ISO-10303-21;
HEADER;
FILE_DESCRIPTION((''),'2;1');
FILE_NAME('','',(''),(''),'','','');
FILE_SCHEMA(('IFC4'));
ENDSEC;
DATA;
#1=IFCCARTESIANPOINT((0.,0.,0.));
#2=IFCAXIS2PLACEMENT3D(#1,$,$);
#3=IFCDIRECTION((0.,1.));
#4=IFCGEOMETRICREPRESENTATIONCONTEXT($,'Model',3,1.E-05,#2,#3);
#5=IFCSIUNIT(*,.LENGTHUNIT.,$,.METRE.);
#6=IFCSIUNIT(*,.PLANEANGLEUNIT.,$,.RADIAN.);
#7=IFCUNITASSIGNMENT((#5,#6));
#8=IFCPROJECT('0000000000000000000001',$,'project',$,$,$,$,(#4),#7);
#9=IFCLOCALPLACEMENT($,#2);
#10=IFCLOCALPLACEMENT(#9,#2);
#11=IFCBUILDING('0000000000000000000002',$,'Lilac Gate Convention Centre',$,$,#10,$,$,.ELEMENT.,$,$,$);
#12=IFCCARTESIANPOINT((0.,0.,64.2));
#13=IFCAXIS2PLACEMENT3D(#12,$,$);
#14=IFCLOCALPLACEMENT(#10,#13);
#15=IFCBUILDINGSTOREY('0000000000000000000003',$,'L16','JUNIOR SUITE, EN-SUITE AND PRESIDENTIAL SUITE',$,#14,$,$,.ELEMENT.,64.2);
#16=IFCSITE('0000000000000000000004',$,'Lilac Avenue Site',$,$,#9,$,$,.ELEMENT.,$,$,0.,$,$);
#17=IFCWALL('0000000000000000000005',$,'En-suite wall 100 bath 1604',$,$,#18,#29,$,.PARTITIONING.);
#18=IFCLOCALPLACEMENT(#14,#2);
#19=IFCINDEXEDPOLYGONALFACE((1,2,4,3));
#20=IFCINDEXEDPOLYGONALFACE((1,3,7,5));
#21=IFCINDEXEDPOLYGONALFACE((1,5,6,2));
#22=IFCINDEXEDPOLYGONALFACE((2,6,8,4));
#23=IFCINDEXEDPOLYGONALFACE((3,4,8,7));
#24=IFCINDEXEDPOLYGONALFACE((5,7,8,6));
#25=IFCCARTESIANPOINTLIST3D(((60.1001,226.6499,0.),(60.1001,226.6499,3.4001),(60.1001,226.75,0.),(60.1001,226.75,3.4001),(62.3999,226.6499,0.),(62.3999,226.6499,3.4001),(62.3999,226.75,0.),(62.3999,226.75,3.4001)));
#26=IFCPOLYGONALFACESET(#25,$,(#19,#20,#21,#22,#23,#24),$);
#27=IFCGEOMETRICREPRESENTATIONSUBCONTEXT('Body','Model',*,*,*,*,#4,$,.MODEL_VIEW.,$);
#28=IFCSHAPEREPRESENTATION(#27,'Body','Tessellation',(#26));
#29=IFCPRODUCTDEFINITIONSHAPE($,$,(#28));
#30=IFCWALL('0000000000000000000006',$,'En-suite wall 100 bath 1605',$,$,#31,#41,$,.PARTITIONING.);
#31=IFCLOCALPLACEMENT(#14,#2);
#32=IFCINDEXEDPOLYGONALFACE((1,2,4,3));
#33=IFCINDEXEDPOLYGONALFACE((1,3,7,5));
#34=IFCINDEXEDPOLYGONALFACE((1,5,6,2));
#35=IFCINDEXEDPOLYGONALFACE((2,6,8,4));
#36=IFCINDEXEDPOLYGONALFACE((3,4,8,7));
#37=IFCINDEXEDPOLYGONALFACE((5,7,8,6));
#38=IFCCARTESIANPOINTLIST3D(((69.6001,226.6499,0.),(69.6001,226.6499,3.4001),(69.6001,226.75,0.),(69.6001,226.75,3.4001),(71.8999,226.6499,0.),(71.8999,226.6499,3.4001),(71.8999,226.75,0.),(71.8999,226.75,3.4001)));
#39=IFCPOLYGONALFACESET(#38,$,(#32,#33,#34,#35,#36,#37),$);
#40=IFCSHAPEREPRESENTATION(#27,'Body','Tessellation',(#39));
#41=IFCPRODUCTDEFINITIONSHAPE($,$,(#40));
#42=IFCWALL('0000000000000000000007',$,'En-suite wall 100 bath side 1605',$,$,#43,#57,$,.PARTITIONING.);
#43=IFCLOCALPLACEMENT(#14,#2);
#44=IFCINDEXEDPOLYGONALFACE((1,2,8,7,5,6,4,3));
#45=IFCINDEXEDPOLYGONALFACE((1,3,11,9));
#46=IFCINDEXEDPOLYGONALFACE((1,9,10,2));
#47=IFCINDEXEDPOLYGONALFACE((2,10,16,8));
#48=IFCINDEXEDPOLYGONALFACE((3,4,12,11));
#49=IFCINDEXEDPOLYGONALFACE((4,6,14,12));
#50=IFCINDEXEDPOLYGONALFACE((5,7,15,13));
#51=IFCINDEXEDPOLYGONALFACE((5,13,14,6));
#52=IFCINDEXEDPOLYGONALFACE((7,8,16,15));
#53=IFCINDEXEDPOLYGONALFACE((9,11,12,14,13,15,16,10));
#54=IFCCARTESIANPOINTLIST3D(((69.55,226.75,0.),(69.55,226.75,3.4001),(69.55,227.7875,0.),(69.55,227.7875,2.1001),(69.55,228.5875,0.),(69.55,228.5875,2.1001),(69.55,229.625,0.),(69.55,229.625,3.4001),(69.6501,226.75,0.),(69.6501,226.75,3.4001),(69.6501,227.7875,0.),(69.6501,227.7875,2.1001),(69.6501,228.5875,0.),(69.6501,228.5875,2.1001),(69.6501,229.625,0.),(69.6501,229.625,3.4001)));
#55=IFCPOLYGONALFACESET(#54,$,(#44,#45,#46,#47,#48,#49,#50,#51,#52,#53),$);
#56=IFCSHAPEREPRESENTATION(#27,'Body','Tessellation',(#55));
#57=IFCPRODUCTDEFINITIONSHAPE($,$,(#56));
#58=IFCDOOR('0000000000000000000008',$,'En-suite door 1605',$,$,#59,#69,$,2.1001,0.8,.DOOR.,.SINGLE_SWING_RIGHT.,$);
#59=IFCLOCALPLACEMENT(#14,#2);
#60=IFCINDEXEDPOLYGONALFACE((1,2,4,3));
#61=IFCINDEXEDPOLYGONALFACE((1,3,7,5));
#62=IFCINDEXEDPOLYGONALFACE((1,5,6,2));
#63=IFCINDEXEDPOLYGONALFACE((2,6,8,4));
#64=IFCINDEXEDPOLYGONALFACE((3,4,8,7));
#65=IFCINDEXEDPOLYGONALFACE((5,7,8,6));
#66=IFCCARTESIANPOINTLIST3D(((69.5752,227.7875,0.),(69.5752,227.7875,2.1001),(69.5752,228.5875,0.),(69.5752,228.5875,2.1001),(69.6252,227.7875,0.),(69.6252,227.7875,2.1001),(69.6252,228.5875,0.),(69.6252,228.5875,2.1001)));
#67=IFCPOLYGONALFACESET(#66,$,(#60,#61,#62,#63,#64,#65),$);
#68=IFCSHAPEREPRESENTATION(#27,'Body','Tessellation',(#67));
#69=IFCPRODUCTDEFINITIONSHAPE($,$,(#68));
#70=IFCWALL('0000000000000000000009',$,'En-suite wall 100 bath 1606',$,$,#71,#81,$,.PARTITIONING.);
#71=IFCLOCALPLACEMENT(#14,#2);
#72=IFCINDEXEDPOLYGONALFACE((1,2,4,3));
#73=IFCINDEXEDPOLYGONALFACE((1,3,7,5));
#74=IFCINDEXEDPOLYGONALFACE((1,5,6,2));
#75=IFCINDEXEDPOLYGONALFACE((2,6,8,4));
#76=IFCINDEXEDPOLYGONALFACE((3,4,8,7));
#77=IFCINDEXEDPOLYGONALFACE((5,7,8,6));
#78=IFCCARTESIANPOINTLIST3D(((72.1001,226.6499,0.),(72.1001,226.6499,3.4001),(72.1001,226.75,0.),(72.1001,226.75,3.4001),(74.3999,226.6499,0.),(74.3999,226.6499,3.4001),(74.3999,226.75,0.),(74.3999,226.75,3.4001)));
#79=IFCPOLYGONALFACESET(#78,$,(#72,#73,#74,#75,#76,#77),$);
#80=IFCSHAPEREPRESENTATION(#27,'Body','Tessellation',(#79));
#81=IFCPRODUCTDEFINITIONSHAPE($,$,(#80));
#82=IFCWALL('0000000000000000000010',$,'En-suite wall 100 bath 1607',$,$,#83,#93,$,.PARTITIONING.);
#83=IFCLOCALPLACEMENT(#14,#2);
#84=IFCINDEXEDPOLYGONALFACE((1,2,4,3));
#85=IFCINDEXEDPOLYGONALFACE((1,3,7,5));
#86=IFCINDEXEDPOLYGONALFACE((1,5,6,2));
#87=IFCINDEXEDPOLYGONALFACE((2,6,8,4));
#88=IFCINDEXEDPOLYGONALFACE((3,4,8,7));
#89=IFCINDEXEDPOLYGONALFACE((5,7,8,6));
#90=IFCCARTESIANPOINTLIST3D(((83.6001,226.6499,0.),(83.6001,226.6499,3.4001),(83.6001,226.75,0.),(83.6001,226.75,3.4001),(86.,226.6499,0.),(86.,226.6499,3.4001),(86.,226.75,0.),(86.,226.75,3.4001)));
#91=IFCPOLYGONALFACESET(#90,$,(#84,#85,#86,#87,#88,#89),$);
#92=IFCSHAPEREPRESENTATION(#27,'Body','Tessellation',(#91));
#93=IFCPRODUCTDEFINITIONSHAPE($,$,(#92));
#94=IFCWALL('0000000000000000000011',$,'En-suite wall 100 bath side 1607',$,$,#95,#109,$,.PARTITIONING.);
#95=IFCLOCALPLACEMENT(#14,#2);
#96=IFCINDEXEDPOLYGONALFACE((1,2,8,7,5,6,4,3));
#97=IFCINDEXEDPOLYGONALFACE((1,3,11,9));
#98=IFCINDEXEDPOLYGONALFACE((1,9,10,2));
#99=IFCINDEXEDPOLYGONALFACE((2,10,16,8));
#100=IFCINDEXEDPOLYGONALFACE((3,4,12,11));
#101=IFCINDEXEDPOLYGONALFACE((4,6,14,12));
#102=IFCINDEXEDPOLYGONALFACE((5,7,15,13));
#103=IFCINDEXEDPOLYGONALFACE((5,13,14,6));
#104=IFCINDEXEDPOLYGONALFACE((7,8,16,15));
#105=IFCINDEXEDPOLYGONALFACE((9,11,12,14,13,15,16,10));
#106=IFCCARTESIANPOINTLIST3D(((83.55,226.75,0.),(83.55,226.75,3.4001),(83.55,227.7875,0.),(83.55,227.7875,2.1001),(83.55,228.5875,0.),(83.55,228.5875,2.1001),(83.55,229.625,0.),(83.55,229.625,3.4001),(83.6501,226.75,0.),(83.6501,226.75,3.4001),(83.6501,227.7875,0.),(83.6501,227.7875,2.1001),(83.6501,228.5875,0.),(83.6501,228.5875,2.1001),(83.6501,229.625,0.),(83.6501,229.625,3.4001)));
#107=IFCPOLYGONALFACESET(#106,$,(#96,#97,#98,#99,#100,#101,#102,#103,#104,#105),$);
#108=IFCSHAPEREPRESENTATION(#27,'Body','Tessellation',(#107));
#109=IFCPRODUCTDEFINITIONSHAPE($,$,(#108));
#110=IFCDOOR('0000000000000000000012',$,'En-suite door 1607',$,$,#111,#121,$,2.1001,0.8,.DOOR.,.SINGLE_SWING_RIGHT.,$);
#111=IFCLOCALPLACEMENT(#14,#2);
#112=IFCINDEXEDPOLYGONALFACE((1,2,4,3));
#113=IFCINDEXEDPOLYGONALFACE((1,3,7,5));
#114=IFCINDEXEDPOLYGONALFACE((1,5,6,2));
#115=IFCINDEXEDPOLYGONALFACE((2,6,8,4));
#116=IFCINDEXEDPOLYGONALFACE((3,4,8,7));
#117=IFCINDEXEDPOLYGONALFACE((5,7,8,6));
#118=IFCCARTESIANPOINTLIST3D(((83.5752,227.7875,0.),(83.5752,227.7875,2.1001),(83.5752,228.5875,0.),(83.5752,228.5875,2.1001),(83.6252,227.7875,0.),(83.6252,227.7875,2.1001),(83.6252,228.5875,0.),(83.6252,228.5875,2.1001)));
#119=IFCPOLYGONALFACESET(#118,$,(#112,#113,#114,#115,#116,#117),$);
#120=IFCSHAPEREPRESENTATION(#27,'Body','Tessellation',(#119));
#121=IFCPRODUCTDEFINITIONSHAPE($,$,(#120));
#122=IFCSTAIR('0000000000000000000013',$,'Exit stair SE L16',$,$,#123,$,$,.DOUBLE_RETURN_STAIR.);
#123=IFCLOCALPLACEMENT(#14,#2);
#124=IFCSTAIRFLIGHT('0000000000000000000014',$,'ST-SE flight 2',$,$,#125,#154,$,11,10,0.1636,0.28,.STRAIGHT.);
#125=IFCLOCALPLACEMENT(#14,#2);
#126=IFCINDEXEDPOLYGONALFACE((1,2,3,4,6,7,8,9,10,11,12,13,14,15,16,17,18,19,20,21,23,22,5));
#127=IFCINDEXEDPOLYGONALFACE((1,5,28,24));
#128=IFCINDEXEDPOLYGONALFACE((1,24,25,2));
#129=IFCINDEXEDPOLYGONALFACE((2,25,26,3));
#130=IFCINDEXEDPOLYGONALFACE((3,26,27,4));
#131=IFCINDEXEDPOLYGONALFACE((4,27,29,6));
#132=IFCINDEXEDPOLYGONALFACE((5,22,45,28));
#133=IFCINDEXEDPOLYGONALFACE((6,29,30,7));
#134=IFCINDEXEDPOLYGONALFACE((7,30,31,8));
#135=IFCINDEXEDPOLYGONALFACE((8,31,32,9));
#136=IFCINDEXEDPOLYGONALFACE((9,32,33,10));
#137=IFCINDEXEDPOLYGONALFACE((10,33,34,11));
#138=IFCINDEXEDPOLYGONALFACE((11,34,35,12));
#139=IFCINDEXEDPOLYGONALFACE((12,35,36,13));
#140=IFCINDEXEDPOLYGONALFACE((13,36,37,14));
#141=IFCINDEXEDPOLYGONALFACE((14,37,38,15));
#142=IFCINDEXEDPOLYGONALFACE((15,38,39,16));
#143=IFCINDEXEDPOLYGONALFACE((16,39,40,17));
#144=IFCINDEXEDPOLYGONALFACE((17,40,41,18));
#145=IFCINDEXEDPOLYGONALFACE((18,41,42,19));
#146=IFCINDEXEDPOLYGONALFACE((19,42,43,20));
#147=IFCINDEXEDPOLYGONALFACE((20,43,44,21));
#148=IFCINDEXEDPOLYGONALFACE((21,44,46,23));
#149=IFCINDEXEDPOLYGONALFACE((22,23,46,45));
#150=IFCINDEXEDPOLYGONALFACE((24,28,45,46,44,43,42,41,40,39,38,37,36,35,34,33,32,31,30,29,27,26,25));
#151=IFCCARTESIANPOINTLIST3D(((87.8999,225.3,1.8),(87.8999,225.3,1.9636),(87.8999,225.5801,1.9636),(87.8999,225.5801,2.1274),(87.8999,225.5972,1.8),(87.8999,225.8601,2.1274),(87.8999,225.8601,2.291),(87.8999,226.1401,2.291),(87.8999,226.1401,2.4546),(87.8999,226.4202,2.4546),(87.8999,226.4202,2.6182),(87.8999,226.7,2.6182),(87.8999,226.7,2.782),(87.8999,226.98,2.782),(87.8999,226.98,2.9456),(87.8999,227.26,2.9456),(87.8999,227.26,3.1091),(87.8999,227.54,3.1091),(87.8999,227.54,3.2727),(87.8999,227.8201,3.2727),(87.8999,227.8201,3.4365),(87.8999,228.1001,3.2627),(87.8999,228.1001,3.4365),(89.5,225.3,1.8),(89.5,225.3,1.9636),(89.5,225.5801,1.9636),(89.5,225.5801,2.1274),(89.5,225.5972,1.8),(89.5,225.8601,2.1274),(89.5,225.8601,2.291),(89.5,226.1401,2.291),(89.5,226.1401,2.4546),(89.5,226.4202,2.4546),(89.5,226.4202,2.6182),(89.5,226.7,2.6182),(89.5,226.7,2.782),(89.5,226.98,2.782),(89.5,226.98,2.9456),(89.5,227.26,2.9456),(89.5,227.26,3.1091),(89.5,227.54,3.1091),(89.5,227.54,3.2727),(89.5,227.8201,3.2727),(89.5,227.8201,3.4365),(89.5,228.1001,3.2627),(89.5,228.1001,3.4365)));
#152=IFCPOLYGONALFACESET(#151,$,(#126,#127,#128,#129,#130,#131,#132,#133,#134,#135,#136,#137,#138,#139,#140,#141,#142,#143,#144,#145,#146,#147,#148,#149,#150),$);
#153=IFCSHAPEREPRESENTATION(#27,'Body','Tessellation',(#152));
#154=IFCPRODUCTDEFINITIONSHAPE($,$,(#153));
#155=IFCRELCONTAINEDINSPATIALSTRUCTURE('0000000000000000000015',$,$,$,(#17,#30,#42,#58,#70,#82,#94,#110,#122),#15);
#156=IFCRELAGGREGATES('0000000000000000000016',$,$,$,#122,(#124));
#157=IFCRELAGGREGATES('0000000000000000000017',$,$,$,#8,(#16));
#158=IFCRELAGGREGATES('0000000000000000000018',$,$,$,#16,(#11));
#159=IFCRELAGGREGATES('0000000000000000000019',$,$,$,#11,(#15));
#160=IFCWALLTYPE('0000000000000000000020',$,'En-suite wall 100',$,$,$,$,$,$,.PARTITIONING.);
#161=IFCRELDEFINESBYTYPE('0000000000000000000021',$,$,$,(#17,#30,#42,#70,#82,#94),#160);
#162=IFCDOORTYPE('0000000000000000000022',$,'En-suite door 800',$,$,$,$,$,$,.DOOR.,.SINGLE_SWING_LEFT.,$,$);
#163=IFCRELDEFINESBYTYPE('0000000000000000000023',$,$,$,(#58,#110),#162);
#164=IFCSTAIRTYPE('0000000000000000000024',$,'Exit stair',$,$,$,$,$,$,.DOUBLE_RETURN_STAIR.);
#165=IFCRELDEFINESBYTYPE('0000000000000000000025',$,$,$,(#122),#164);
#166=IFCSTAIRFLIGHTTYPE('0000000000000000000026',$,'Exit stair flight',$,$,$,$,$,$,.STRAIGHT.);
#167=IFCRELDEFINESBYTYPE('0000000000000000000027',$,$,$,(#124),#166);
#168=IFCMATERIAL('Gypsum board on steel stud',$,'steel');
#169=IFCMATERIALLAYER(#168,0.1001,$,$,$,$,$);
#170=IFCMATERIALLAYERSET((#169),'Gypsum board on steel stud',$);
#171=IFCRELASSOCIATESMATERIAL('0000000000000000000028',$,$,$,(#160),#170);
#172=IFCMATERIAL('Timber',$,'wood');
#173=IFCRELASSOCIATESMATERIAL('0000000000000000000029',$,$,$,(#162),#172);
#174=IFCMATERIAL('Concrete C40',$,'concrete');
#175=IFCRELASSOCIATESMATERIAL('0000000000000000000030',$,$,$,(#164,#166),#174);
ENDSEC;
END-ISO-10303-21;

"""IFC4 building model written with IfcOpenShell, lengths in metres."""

from ifc_helpers import new_model, si_unit, direction, frame, frame_2d, origin, place, context, subcontext, project, spatial, polyline, rectangle, outline, extrude, material, layer, layer_set, type_object, element, fill, aggregate, save


model = new_model("IFC4")

# Units and contexts
model_context = context("Model", 3, precision=1e-05, world=origin(), true_north=direction((0.0, 1.0)))
body_context = subcontext(model_context, "Body", "Model", "MODEL_VIEW")
ifc_project = project(units=[si_unit("LENGTHUNIT", "METRE"), si_unit("PLANEANGLEUNIT", "RADIAN")], contexts=[model_context])

# Site, building, storey
site_placement = place(None, origin())
site = spatial("IfcSite", under=ifc_project, at=site_placement, Name="Lilac Avenue Site", CompositionType="ELEMENT", RefElevation=0.0)
building_placement = place(site_placement, origin())
building = spatial("IfcBuilding", under=site, at=building_placement, Name="Lilac Gate Convention Centre", CompositionType="ELEMENT")
storey_placement = place(building_placement, frame((0.0, 0.0, 64.2)))
storey = spatial("IfcBuildingStorey", under=building, at=storey_placement, Name="L16", Description="JUNIOR SUITE, EN-SUITE AND PRESIDENTIAL SUITE", CompositionType="ELEMENT", Elevation=64.2)

# Shared definitions
ifc_material_1 = material(Name="Concrete C40", Category="concrete")
ifc_material_2 = material(Name="Gypsum board on steel stud", Category="steel")
ifc_layer_1 = layer(ifc_material_2, 0.1001)
ifc_layer_set_1 = layer_set([ifc_layer_1], Name="Gypsum board on steel stud")
wall_type_1 = type_object("IfcWallType", Name="En-suite wall 100", PredefinedType="PARTITIONING", material=ifc_layer_set_1)

# Shared definitions
ifc_material_3 = material(Name="Timber", Category="wood")
door_type = type_object("IfcDoorType", Name="En-suite door 800", OperationType="SINGLE_SWING_LEFT", PredefinedType="DOOR", material=ifc_material_3)

# Walls
for number, where, z_axis, x_axis, name in (
    (1, (60.1001, 226.7, 0.0), (0.0, 0.0, 1.0), (1.0, 0.0, 0.0), "En-suite wall 100 bath 1604"),
    (2, (69.6001, 226.7, 0.0), (0.0, 0.0, 1.0), (1.0, 0.0, 0.0), "En-suite wall 100 bath 1605"),
):
    element("IfcWall", number, at=place(storey_placement, frame(where, z_axis=z_axis, x_axis=x_axis)), inside=storey, type_object=wall_type_1, Name=name, PredefinedType="PARTITIONING", context=body_context, shape_type="SweptSolid", body=[
        extrude(rectangle(XDim=2.2998, YDim=0.1001, at=frame_2d((1.1499, 0.0))), origin(), (0.0, 0.0, 1.0), 3.4001),
    ])

# Wall, opening, door
wall_1_placement = place(storey_placement, frame((69.6001, 226.75, 0.0), z_axis=(0.0, 0.0, 1.0), x_axis=(0.0, 1.0, 0.0)))
wall_1 = element("IfcWall", 3, at=wall_1_placement, inside=storey, type_object=wall_type_1, Name="En-suite wall 100 bath side 1605", PredefinedType="PARTITIONING", context=body_context, shape_type="SweptSolid", body=[
    extrude(rectangle(XDim=2.875, YDim=0.1001, at=frame_2d((1.4375, 0.0))), origin(), (0.0, 0.0, 1.0), 3.4001),
])
opening_1_placement = place(wall_1_placement, frame((1.0376, 0.0, 0.0)))
opening_1 = element("IfcOpeningElement", 4, at=opening_1_placement, cuts=wall_1, PredefinedType="OPENING", context=body_context, shape_type="SweptSolid", body=[
    extrude(rectangle(XDim=0.8, YDim=2.1001, at=frame_2d((0.3999, 1.05))), frame((0.0, 0.0601, 0.0), z_axis=(0.0, -1.0, 0.0), x_axis=(1.0, 0.0, 0.0)), (0.0, 0.0, 1.0), 0.1201),
])
door_1_placement = place(opening_1_placement, origin())
door_1 = element("IfcDoor", 5, at=door_1_placement, inside=storey, type_object=door_type, Name="En-suite door 1605", OperationType="SINGLE_SWING_RIGHT", OverallHeight=2.1001, OverallWidth=0.8, PredefinedType="DOOR", context=body_context, shape_type="SweptSolid", body=[
    extrude(rectangle(XDim=0.8, YDim=2.1001, at=frame_2d((0.3999, 1.05))), frame((0.0, 0.0249, 0.0), z_axis=(0.0, -1.0, 0.0), x_axis=(1.0, 0.0, 0.0)), (0.0, 0.0, 1.0), 0.05),
])
fill(opening_1, door_1)

# Walls
wall_2_placement = place(storey_placement, frame((72.1001, 226.7, 0.0), z_axis=(0.0, 0.0, 1.0), x_axis=(1.0, 0.0, 0.0)))
element("IfcWall", 6, at=wall_2_placement, inside=storey, type_object=wall_type_1, Name="En-suite wall 100 bath 1606", PredefinedType="PARTITIONING", context=body_context, shape_type="SweptSolid", body=[
    extrude(rectangle(XDim=2.2998, YDim=0.1001, at=frame_2d((1.1499, 0.0))), origin(), (0.0, 0.0, 1.0), 3.4001),
])
wall_3_placement = place(storey_placement, frame((83.6001, 226.7, 0.0), z_axis=(0.0, 0.0, 1.0), x_axis=(1.0, 0.0, 0.0)))
element("IfcWall", 7, at=wall_3_placement, inside=storey, type_object=wall_type_1, Name="En-suite wall 100 bath 1607", PredefinedType="PARTITIONING", context=body_context, shape_type="SweptSolid", body=[
    extrude(rectangle(XDim=2.3999, YDim=0.1001, at=frame_2d((1.2, 0.0))), origin(), (0.0, 0.0, 1.0), 3.4001),
])

# Wall, opening, door
wall_4_placement = place(storey_placement, frame((83.6001, 226.75, 0.0), z_axis=(0.0, 0.0, 1.0), x_axis=(0.0, 1.0, 0.0)))
wall_4 = element("IfcWall", 8, at=wall_4_placement, inside=storey, type_object=wall_type_1, Name="En-suite wall 100 bath side 1607", PredefinedType="PARTITIONING", context=body_context, shape_type="SweptSolid", body=[
    extrude(rectangle(XDim=2.875, YDim=0.1001, at=frame_2d((1.4375, 0.0))), origin(), (0.0, 0.0, 1.0), 3.4001),
])
opening_2_placement = place(wall_4_placement, frame((1.0376, 0.0, 0.0)))
opening_2 = element("IfcOpeningElement", 9, at=opening_2_placement, cuts=wall_4, PredefinedType="OPENING", context=body_context, shape_type="SweptSolid", body=[
    extrude(rectangle(XDim=0.8, YDim=2.1001, at=frame_2d((0.3999, 1.05))), frame((0.0, 0.0601, 0.0), z_axis=(0.0, -1.0, 0.0), x_axis=(1.0, 0.0, 0.0)), (0.0, 0.0, 1.0), 0.1201),
])
door_2_placement = place(opening_2_placement, origin())
door_2 = element("IfcDoor", 10, at=door_2_placement, inside=storey, type_object=door_type, Name="En-suite door 1607", OperationType="SINGLE_SWING_RIGHT", OverallHeight=2.1001, OverallWidth=0.8, PredefinedType="DOOR", context=body_context, shape_type="SweptSolid", body=[
    extrude(rectangle(XDim=0.8, YDim=2.1001, at=frame_2d((0.3999, 1.05))), frame((0.0, 0.0249, 0.0), z_axis=(0.0, -1.0, 0.0), x_axis=(1.0, 0.0, 0.0)), (0.0, 0.0, 1.0), 0.05),
])
fill(opening_2, door_2)

# Stair, stair flight
stair_type = type_object("IfcStairType", Name="Exit stair", PredefinedType="DOUBLE_RETURN_STAIR", material=ifc_material_1)
stair_placement = place(storey_placement, origin())
stair = element("IfcStair", 11, at=stair_placement, inside=storey, type_object=stair_type, Name="Exit stair SE L16", PredefinedType="DOUBLE_RETURN_STAIR")
stair_flight_type = type_object("IfcStairFlightType", Name="Exit stair flight", PredefinedType="STRAIGHT", material=ifc_material_1)
stair_flight_placement = place(storey_placement, frame((88.7, 225.3, 1.8), z_axis=(0.0, 0.0, 1.0), x_axis=(0.0, 1.0, 0.0)))
stair_flight = element("IfcStairFlight", 12, at=stair_flight_placement, type_object=stair_flight_type, Name="ST-SE flight 2", NumberOfRisers=11, NumberOfTreads=10, PredefinedType="STRAIGHT", RiserHeight=0.1636, TreadLength=0.28, context=body_context, shape_type="SweptSolid", body=[
    extrude(outline(polyline([(0.0, 0.0), (0.0, 0.1636), (0.28, 0.1636), (0.28, 0.3274), (0.5601, 0.3274), (0.5601, 0.491), (0.8401, 0.491), (0.8401, 0.6545), (1.1201, 0.6545), (1.1201, 0.8181), (1.3999, 0.8181), (1.3999, 0.9819), (1.6799, 0.9819), (1.6799, 1.1455), (1.96, 1.1455), (1.96, 1.3091), (2.24, 1.3091), (2.24, 1.4727), (2.52, 1.4727), (2.52, 1.6365), (2.8, 1.6365), (2.8, 1.8), (2.8, 1.4626), (0.2971, 0.0), (0.0, 0.0)])), frame((0.0, 0.8, 0.0), z_axis=(0.0, -1.0, 0.0), x_axis=(1.0, 0.0, 0.0)), (0.0, 0.0, 1.0), 1.6001),
])
aggregate(stair, [stair_flight])

save(model, "model.ifc")
